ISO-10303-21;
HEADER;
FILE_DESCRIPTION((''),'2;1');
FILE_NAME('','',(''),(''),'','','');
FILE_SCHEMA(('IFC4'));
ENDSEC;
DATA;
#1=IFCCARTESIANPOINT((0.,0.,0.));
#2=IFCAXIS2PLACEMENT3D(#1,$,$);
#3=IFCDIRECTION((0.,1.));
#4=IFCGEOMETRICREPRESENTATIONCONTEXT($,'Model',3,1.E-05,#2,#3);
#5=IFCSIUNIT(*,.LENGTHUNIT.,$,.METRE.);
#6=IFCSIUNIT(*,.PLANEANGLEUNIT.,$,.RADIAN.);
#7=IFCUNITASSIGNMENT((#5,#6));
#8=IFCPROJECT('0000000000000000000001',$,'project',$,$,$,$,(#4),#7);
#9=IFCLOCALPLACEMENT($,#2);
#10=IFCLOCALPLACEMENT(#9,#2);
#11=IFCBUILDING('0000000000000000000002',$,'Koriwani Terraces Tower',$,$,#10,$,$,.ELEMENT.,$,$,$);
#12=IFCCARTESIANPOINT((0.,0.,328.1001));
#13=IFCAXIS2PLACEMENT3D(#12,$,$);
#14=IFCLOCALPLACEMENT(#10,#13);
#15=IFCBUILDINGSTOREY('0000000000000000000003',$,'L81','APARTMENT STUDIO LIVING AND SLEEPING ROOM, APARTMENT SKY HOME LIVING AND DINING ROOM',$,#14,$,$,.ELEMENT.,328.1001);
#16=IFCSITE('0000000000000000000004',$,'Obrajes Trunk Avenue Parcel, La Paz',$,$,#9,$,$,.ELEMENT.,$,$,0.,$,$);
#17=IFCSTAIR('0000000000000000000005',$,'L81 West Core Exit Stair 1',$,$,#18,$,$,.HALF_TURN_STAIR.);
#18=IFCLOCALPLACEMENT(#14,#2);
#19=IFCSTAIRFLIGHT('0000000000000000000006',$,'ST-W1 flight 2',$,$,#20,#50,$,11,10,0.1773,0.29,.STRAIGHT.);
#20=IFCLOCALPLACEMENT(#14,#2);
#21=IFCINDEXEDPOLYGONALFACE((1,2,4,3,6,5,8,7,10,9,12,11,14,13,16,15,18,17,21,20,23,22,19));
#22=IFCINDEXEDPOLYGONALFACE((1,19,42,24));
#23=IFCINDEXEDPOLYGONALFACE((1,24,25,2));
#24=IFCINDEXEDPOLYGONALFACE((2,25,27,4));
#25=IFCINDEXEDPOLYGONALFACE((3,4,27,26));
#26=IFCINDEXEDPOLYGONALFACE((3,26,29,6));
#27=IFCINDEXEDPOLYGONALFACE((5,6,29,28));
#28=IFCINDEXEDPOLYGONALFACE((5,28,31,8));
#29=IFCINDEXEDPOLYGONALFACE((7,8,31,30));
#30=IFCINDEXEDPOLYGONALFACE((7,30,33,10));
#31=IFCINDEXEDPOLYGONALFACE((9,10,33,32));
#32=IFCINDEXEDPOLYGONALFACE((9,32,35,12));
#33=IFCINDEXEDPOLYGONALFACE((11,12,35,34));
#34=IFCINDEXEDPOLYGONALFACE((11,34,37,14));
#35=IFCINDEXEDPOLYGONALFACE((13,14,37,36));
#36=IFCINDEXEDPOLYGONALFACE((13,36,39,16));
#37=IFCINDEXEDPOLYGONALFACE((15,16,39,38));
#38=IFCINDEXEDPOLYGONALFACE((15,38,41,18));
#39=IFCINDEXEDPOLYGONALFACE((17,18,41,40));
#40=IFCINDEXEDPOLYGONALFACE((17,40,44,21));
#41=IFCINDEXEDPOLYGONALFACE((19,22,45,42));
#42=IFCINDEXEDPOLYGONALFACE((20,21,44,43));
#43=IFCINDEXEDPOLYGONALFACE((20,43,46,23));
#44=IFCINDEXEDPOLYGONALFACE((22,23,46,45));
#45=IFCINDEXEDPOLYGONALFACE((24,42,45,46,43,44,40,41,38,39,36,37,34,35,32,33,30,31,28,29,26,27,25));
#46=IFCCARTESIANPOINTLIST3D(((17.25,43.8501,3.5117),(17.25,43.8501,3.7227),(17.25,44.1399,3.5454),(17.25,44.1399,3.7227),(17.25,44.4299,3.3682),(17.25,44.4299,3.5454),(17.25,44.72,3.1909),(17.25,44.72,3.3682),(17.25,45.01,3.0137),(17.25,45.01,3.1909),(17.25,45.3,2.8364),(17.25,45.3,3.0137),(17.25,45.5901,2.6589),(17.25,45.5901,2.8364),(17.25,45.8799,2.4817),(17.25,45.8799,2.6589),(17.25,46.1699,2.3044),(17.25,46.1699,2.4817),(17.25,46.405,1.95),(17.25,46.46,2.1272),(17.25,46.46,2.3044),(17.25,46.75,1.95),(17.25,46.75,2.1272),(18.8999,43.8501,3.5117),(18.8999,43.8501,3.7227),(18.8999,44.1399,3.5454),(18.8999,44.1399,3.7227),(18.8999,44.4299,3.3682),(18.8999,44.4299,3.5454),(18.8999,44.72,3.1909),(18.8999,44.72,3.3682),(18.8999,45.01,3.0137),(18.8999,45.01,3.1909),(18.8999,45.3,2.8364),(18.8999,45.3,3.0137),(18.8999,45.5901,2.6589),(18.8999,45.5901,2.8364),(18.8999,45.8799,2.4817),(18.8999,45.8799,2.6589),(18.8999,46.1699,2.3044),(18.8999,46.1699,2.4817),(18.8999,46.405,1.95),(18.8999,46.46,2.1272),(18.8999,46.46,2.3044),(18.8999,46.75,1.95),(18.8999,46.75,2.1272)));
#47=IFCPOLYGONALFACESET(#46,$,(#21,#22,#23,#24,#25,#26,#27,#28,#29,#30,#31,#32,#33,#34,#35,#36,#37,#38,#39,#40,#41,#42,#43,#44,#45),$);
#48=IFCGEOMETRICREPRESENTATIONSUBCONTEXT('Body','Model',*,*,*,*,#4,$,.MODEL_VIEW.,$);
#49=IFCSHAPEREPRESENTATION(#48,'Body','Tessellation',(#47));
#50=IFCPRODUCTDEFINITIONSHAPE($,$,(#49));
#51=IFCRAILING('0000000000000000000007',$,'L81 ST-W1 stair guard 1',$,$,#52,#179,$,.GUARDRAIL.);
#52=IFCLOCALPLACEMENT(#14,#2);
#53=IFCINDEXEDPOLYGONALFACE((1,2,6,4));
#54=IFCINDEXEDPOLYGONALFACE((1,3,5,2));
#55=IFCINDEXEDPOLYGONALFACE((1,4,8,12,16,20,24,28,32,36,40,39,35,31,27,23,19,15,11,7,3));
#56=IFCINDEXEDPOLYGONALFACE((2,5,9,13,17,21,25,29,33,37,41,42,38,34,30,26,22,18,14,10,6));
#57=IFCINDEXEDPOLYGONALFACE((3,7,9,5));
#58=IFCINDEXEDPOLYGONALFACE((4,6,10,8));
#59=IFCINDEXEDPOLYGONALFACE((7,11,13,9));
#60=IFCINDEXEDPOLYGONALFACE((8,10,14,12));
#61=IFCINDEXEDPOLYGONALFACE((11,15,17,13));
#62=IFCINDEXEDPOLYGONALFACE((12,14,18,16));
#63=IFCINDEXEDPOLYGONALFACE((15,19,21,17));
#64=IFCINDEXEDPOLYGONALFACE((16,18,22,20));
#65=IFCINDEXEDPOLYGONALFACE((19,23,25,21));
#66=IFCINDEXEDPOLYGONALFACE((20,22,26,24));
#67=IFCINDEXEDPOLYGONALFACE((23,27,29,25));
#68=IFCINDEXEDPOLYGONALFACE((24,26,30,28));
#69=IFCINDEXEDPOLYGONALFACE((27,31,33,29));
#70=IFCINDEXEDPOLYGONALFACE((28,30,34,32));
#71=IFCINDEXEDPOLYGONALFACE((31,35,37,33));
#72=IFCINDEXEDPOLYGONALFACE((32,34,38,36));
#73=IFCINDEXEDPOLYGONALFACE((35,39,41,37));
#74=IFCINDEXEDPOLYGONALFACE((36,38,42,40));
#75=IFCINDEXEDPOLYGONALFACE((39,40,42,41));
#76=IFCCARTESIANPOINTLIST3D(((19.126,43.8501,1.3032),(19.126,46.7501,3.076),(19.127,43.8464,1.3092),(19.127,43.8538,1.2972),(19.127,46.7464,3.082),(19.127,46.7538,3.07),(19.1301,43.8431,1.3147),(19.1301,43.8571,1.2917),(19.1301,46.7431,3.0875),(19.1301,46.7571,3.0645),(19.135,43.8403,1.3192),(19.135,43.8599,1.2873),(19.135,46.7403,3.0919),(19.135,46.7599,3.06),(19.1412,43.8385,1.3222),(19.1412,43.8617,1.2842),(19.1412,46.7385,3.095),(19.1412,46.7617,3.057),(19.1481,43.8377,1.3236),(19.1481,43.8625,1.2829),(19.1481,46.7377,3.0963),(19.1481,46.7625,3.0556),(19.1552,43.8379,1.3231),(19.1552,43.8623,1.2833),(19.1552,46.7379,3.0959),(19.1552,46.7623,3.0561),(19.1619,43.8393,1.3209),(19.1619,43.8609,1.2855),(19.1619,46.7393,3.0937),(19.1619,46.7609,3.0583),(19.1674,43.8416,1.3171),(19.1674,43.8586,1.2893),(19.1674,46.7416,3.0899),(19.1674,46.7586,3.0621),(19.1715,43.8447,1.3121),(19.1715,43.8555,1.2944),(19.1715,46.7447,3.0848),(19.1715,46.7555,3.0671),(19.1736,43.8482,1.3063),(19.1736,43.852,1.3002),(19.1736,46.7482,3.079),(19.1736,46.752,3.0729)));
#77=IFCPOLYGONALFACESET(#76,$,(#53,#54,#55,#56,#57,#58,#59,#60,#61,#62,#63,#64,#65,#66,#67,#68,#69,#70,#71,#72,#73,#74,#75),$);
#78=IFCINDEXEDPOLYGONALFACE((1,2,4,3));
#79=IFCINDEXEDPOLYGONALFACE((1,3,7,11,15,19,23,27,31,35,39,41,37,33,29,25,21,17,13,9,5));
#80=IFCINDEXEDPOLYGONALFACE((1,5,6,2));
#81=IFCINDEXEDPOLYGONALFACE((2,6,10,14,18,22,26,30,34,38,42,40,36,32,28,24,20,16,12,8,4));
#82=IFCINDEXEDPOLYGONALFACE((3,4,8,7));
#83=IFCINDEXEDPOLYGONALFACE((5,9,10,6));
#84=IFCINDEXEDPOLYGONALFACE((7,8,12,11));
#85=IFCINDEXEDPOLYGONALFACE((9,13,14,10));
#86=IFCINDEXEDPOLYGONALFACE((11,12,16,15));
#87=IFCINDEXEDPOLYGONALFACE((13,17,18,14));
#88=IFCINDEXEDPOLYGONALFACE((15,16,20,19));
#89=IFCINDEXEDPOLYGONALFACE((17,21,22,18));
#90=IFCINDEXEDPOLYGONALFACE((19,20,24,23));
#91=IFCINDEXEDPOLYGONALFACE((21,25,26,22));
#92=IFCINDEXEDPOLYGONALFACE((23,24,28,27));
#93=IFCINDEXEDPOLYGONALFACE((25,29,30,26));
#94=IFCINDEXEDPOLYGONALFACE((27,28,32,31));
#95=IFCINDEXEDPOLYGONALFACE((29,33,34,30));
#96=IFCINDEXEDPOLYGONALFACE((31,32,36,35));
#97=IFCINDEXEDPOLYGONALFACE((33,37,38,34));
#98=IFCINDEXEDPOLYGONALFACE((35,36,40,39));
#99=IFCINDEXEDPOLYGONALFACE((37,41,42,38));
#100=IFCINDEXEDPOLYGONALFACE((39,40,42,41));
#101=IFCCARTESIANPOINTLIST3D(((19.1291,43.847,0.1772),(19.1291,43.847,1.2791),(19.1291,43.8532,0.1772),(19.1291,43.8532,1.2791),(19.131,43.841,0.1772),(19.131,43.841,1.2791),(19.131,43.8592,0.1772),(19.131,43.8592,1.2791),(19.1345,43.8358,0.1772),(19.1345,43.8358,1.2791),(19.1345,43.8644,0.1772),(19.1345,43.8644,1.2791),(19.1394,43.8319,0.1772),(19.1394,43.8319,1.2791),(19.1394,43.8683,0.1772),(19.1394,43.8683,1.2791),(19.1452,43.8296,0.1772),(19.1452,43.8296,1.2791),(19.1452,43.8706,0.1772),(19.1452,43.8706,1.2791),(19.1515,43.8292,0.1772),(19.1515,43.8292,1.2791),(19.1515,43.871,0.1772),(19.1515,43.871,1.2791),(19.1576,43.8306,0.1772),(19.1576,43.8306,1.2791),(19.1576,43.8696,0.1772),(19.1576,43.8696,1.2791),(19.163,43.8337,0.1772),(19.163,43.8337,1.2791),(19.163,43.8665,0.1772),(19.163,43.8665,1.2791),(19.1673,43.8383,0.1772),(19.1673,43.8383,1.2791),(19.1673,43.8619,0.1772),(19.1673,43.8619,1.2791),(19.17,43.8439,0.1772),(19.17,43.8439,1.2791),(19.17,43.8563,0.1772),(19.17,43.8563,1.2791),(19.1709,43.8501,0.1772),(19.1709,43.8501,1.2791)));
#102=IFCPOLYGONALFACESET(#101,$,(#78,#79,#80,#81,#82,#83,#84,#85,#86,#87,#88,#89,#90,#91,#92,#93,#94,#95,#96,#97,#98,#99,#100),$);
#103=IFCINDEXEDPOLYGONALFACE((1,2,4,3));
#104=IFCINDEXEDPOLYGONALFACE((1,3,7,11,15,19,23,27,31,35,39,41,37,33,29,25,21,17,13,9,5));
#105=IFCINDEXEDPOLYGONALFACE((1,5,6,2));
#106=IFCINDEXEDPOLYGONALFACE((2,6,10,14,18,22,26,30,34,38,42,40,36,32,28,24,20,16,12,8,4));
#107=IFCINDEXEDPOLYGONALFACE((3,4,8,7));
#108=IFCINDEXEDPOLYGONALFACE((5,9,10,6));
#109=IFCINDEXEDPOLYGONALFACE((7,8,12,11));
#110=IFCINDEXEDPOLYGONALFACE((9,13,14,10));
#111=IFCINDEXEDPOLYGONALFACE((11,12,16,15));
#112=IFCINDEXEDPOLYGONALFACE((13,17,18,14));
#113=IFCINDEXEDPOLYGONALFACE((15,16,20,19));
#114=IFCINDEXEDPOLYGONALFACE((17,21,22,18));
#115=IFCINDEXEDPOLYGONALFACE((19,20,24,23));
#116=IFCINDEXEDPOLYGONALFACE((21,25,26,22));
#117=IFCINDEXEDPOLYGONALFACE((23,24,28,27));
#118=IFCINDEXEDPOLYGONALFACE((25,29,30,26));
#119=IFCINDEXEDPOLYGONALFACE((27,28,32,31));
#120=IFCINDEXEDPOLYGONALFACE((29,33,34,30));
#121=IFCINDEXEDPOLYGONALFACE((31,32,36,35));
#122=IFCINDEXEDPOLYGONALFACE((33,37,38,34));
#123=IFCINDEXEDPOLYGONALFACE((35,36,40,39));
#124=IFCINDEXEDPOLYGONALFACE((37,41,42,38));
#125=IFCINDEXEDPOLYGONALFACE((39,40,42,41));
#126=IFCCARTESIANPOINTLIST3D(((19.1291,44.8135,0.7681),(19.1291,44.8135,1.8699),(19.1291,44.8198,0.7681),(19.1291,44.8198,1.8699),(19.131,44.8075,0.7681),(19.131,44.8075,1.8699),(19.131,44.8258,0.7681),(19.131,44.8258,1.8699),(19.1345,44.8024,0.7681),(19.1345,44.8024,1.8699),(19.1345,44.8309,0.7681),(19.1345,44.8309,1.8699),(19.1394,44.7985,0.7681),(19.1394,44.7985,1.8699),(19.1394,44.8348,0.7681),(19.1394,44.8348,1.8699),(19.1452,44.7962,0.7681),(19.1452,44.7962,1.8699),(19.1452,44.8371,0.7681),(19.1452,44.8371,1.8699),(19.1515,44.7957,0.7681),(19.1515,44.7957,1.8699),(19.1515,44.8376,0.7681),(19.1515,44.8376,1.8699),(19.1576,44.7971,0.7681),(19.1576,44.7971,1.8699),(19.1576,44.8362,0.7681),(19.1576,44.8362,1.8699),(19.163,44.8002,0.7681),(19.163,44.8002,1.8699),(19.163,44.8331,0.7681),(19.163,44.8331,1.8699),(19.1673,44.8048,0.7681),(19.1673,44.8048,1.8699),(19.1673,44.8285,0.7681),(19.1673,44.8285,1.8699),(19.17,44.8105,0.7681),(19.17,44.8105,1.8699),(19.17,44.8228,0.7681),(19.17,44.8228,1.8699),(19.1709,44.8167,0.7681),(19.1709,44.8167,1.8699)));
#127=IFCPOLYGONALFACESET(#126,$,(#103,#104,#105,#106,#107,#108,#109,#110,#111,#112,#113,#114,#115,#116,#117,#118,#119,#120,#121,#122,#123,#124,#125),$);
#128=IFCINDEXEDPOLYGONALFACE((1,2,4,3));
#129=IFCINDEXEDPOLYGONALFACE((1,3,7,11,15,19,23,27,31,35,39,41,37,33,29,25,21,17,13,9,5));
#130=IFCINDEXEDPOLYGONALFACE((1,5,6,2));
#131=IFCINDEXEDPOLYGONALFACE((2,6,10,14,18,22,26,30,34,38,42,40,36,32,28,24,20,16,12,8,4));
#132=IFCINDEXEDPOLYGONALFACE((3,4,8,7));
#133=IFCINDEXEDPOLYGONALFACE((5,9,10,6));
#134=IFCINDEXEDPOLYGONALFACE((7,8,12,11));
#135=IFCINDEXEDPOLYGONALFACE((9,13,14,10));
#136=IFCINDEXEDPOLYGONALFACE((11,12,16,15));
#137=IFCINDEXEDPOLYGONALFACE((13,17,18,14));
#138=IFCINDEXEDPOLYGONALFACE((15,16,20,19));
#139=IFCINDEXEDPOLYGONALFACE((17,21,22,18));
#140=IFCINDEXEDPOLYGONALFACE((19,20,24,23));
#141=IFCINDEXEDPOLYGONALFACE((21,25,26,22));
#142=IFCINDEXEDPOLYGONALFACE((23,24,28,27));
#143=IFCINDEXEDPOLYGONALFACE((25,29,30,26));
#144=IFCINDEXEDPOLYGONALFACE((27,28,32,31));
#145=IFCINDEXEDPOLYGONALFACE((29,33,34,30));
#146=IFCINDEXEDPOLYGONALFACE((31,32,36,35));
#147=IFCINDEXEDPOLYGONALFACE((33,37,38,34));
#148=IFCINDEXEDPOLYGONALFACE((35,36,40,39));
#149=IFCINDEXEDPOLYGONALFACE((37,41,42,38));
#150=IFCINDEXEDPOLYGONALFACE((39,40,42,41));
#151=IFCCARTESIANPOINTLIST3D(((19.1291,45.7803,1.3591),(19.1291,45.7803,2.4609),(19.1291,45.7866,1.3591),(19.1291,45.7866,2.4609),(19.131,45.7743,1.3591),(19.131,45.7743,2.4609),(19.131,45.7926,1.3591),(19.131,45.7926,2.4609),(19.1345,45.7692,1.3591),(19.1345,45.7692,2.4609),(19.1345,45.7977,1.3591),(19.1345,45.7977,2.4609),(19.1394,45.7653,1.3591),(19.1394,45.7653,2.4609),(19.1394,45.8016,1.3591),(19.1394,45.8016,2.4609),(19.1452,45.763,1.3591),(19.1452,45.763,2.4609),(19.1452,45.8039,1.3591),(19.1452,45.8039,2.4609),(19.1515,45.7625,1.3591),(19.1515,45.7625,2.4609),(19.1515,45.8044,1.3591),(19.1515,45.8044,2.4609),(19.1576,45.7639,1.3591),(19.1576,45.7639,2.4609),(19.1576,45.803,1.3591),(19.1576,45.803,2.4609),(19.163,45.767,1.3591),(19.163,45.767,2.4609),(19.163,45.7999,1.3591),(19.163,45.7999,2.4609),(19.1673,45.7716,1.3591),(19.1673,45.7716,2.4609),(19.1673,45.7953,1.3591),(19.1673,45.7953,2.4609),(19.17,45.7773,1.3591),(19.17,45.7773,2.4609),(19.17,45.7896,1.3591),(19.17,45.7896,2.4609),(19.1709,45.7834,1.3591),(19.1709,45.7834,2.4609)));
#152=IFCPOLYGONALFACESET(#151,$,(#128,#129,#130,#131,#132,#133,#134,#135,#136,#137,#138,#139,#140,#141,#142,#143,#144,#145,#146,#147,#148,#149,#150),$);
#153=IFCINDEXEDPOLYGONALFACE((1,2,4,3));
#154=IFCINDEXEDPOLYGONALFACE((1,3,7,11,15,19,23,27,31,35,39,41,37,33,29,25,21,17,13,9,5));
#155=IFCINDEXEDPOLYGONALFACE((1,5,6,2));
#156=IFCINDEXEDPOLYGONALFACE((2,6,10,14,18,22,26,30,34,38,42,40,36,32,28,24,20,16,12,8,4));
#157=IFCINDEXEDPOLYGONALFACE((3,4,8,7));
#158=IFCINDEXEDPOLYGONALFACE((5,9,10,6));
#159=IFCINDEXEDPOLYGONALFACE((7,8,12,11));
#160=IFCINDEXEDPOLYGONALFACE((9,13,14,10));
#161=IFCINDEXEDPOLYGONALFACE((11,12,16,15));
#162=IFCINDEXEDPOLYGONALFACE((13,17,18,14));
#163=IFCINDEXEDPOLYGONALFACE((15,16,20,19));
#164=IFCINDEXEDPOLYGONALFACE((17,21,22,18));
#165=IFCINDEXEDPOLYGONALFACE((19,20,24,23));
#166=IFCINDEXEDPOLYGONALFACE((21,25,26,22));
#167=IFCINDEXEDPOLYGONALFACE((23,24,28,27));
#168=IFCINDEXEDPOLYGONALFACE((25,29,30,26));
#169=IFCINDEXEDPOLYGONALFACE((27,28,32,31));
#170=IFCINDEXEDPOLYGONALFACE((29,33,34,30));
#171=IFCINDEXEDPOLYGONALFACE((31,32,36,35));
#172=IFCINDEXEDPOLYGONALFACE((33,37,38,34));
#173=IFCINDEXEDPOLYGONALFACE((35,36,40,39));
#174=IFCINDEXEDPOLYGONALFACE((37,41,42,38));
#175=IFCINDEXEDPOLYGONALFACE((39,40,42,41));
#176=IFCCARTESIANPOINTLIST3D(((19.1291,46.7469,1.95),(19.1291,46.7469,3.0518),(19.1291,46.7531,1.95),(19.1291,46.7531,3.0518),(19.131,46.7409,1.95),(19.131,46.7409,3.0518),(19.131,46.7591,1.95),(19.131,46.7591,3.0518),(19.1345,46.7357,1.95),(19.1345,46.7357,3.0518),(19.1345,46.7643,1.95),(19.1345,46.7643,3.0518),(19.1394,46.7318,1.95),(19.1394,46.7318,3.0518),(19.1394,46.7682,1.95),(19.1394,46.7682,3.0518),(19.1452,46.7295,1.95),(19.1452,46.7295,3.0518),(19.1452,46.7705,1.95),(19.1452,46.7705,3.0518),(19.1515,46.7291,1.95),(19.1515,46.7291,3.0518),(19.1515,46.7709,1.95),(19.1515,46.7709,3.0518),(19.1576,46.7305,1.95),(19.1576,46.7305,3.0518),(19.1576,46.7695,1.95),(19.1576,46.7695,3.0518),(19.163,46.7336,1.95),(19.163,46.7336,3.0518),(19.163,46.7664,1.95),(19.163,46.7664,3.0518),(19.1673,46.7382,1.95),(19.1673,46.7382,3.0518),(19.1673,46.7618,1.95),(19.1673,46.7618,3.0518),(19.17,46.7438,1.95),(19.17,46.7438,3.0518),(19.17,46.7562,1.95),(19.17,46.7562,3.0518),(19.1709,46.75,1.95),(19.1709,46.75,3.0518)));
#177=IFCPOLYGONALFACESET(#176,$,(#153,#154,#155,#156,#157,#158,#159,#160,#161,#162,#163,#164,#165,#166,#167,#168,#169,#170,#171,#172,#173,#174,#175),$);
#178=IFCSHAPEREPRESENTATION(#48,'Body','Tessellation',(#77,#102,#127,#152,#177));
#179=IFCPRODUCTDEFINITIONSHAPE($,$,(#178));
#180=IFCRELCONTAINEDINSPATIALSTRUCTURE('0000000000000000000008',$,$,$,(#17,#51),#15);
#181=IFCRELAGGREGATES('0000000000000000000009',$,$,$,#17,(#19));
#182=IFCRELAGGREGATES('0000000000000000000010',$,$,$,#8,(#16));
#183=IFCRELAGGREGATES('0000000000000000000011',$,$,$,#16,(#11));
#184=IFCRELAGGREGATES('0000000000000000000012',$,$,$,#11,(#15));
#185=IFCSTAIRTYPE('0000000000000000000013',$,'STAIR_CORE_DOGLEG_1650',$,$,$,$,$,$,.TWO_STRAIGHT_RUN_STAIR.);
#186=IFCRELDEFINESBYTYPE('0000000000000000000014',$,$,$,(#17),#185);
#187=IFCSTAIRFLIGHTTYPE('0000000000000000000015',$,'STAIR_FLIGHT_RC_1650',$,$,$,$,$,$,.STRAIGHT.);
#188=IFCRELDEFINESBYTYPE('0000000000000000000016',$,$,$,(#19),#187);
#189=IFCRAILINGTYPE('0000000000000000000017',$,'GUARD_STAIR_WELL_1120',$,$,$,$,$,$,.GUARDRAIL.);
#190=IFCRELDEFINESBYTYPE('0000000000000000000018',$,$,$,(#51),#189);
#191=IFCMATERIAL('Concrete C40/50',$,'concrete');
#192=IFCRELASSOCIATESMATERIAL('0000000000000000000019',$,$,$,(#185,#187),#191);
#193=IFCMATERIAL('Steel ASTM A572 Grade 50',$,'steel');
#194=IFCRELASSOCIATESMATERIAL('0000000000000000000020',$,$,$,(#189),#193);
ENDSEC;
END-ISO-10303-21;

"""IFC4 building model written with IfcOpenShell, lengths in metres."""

from ifc_helpers import new_model, si_unit, direction, frame, origin, origin_2d, place, context, subcontext, project, spatial, polyline, circle, outline, extrude, material, type_object, element, aggregate, save


model = new_model("IFC4")

# Units and contexts
model_context = context("Model", 3, precision=1e-05, world=origin(), true_north=direction((0.0, 1.0)))
body_context = subcontext(model_context, "Body", "Model", "MODEL_VIEW")
ifc_project = project(units=[si_unit("LENGTHUNIT", "METRE"), si_unit("PLANEANGLEUNIT", "RADIAN")], contexts=[model_context])

# Site, building, storey
site_placement = place(None, origin())
site = spatial("IfcSite", under=ifc_project, at=site_placement, Name="Obrajes Trunk Avenue Parcel, La Paz", CompositionType="ELEMENT", RefElevation=0.0)
building_placement = place(site_placement, origin())
building = spatial("IfcBuilding", under=site, at=building_placement, Name="Koriwani Terraces Tower", CompositionType="ELEMENT")
storey_placement = place(building_placement, frame((0.0, 0.0, 328.1001)))
storey = spatial("IfcBuildingStorey", under=building, at=storey_placement, Name="L81", Description="APARTMENT STUDIO LIVING AND SLEEPING ROOM, APARTMENT SKY HOME LIVING AND DINING ROOM", CompositionType="ELEMENT", Elevation=328.1001)

# Shared definitions
ifc_material_1 = material(Name="Concrete C40/50", Category="concrete")
ifc_material_2 = material(Name="Steel ASTM A572 Grade 50", Category="steel")

# Stair, stair flight
stair_type = type_object("IfcStairType", Name="STAIR_CORE_DOGLEG_1650", PredefinedType="TWO_STRAIGHT_RUN_STAIR", material=ifc_material_1)
stair_placement = place(storey_placement, origin())
stair = element("IfcStair", 1, at=stair_placement, inside=storey, type_object=stair_type, Name="L81 West Core Exit Stair 1", PredefinedType="HALF_TURN_STAIR")
stair_flight_type = type_object("IfcStairFlightType", Name="STAIR_FLIGHT_RC_1650", PredefinedType="STRAIGHT", material=ifc_material_1)
stair_flight_1_placement = place(storey_placement, frame((18.075, 46.75, 1.95), z_axis=(0.0, 0.0, 1.0), x_axis=(0.0, -1.0, 0.0)))
stair_flight_1 = element("IfcStairFlight", 2, at=stair_flight_1_placement, type_object=stair_flight_type, Name="ST-W1 flight 2", NumberOfRisers=11, NumberOfTreads=10, PredefinedType="STRAIGHT", RiserHeight=0.1773, TreadLength=0.29, context=body_context, shape_type="SweptSolid", body=[
    extrude(outline(polyline([(0.0, 0.0), (0.0, 0.1772), (0.29, 0.1772), (0.29, 0.3545), (0.5801, 0.3545), (0.5801, 0.5317), (0.8701, 0.5317), (0.8701, 0.709), (1.1599, 0.709), (1.1599, 0.8865), (1.45, 0.8865), (1.45, 1.0637), (1.74, 1.0637), (1.74, 1.241), (2.03, 1.241), (2.03, 1.4182), (2.3201, 1.4182), (2.3201, 1.5955), (2.6101, 1.5955), (2.6101, 1.7727), (2.8999, 1.7727), (2.8999, 1.95), (2.8999, 1.5618), (0.345, 0.0), (0.0, 0.0)])), frame((0.0, 0.825, 0.0), z_axis=(0.0, -1.0, 0.0), x_axis=(1.0, 0.0, 0.0)), (0.0, 0.0, 1.0), 1.6499),
])
aggregate(stair, [stair_flight_1])

# Railing
railing_type_1 = type_object("IfcRailingType", Name="GUARD_STAIR_WELL_1120", PredefinedType="GUARDRAIL", material=ifc_material_2)
railing_1_placement = place(storey_placement, frame((19.1499, 43.8501, 0.1772)))
element("IfcRailing", 3, at=railing_1_placement, inside=storey, type_object=railing_type_1, Name="L81 ST-W1 stair guard 1", PredefinedType="GUARDRAIL", context=body_context, shape_type="SweptSolid", body=[
    extrude(circle(Radius=0.0239, at=origin_2d()), frame((0.0, 0.0, 1.126), z_axis=(0.0, 0.853211, 0.521566), x_axis=(-1.0, 0.0, 0.0)), (0.0, 0.0, 1.0), 3.3989),
    extrude(circle(Radius=0.021, at=origin_2d()), origin(), (0.0, 0.0, 1.0), 1.1018),
    extrude(circle(Radius=0.021, at=origin_2d()), frame((0.0, 0.9666, 0.5908)), (0.0, 0.0, 1.0), 1.1018),
    extrude(circle(Radius=0.021, at=origin_2d()), frame((0.0, 1.9333, 1.1819)), (0.0, 0.0, 1.0), 1.1018),
    extrude(circle(Radius=0.021, at=origin_2d()), frame((0.0, 2.8999, 1.7727)), (0.0, 0.0, 1.0), 1.1018),
])

save(model, "model.ifc")
